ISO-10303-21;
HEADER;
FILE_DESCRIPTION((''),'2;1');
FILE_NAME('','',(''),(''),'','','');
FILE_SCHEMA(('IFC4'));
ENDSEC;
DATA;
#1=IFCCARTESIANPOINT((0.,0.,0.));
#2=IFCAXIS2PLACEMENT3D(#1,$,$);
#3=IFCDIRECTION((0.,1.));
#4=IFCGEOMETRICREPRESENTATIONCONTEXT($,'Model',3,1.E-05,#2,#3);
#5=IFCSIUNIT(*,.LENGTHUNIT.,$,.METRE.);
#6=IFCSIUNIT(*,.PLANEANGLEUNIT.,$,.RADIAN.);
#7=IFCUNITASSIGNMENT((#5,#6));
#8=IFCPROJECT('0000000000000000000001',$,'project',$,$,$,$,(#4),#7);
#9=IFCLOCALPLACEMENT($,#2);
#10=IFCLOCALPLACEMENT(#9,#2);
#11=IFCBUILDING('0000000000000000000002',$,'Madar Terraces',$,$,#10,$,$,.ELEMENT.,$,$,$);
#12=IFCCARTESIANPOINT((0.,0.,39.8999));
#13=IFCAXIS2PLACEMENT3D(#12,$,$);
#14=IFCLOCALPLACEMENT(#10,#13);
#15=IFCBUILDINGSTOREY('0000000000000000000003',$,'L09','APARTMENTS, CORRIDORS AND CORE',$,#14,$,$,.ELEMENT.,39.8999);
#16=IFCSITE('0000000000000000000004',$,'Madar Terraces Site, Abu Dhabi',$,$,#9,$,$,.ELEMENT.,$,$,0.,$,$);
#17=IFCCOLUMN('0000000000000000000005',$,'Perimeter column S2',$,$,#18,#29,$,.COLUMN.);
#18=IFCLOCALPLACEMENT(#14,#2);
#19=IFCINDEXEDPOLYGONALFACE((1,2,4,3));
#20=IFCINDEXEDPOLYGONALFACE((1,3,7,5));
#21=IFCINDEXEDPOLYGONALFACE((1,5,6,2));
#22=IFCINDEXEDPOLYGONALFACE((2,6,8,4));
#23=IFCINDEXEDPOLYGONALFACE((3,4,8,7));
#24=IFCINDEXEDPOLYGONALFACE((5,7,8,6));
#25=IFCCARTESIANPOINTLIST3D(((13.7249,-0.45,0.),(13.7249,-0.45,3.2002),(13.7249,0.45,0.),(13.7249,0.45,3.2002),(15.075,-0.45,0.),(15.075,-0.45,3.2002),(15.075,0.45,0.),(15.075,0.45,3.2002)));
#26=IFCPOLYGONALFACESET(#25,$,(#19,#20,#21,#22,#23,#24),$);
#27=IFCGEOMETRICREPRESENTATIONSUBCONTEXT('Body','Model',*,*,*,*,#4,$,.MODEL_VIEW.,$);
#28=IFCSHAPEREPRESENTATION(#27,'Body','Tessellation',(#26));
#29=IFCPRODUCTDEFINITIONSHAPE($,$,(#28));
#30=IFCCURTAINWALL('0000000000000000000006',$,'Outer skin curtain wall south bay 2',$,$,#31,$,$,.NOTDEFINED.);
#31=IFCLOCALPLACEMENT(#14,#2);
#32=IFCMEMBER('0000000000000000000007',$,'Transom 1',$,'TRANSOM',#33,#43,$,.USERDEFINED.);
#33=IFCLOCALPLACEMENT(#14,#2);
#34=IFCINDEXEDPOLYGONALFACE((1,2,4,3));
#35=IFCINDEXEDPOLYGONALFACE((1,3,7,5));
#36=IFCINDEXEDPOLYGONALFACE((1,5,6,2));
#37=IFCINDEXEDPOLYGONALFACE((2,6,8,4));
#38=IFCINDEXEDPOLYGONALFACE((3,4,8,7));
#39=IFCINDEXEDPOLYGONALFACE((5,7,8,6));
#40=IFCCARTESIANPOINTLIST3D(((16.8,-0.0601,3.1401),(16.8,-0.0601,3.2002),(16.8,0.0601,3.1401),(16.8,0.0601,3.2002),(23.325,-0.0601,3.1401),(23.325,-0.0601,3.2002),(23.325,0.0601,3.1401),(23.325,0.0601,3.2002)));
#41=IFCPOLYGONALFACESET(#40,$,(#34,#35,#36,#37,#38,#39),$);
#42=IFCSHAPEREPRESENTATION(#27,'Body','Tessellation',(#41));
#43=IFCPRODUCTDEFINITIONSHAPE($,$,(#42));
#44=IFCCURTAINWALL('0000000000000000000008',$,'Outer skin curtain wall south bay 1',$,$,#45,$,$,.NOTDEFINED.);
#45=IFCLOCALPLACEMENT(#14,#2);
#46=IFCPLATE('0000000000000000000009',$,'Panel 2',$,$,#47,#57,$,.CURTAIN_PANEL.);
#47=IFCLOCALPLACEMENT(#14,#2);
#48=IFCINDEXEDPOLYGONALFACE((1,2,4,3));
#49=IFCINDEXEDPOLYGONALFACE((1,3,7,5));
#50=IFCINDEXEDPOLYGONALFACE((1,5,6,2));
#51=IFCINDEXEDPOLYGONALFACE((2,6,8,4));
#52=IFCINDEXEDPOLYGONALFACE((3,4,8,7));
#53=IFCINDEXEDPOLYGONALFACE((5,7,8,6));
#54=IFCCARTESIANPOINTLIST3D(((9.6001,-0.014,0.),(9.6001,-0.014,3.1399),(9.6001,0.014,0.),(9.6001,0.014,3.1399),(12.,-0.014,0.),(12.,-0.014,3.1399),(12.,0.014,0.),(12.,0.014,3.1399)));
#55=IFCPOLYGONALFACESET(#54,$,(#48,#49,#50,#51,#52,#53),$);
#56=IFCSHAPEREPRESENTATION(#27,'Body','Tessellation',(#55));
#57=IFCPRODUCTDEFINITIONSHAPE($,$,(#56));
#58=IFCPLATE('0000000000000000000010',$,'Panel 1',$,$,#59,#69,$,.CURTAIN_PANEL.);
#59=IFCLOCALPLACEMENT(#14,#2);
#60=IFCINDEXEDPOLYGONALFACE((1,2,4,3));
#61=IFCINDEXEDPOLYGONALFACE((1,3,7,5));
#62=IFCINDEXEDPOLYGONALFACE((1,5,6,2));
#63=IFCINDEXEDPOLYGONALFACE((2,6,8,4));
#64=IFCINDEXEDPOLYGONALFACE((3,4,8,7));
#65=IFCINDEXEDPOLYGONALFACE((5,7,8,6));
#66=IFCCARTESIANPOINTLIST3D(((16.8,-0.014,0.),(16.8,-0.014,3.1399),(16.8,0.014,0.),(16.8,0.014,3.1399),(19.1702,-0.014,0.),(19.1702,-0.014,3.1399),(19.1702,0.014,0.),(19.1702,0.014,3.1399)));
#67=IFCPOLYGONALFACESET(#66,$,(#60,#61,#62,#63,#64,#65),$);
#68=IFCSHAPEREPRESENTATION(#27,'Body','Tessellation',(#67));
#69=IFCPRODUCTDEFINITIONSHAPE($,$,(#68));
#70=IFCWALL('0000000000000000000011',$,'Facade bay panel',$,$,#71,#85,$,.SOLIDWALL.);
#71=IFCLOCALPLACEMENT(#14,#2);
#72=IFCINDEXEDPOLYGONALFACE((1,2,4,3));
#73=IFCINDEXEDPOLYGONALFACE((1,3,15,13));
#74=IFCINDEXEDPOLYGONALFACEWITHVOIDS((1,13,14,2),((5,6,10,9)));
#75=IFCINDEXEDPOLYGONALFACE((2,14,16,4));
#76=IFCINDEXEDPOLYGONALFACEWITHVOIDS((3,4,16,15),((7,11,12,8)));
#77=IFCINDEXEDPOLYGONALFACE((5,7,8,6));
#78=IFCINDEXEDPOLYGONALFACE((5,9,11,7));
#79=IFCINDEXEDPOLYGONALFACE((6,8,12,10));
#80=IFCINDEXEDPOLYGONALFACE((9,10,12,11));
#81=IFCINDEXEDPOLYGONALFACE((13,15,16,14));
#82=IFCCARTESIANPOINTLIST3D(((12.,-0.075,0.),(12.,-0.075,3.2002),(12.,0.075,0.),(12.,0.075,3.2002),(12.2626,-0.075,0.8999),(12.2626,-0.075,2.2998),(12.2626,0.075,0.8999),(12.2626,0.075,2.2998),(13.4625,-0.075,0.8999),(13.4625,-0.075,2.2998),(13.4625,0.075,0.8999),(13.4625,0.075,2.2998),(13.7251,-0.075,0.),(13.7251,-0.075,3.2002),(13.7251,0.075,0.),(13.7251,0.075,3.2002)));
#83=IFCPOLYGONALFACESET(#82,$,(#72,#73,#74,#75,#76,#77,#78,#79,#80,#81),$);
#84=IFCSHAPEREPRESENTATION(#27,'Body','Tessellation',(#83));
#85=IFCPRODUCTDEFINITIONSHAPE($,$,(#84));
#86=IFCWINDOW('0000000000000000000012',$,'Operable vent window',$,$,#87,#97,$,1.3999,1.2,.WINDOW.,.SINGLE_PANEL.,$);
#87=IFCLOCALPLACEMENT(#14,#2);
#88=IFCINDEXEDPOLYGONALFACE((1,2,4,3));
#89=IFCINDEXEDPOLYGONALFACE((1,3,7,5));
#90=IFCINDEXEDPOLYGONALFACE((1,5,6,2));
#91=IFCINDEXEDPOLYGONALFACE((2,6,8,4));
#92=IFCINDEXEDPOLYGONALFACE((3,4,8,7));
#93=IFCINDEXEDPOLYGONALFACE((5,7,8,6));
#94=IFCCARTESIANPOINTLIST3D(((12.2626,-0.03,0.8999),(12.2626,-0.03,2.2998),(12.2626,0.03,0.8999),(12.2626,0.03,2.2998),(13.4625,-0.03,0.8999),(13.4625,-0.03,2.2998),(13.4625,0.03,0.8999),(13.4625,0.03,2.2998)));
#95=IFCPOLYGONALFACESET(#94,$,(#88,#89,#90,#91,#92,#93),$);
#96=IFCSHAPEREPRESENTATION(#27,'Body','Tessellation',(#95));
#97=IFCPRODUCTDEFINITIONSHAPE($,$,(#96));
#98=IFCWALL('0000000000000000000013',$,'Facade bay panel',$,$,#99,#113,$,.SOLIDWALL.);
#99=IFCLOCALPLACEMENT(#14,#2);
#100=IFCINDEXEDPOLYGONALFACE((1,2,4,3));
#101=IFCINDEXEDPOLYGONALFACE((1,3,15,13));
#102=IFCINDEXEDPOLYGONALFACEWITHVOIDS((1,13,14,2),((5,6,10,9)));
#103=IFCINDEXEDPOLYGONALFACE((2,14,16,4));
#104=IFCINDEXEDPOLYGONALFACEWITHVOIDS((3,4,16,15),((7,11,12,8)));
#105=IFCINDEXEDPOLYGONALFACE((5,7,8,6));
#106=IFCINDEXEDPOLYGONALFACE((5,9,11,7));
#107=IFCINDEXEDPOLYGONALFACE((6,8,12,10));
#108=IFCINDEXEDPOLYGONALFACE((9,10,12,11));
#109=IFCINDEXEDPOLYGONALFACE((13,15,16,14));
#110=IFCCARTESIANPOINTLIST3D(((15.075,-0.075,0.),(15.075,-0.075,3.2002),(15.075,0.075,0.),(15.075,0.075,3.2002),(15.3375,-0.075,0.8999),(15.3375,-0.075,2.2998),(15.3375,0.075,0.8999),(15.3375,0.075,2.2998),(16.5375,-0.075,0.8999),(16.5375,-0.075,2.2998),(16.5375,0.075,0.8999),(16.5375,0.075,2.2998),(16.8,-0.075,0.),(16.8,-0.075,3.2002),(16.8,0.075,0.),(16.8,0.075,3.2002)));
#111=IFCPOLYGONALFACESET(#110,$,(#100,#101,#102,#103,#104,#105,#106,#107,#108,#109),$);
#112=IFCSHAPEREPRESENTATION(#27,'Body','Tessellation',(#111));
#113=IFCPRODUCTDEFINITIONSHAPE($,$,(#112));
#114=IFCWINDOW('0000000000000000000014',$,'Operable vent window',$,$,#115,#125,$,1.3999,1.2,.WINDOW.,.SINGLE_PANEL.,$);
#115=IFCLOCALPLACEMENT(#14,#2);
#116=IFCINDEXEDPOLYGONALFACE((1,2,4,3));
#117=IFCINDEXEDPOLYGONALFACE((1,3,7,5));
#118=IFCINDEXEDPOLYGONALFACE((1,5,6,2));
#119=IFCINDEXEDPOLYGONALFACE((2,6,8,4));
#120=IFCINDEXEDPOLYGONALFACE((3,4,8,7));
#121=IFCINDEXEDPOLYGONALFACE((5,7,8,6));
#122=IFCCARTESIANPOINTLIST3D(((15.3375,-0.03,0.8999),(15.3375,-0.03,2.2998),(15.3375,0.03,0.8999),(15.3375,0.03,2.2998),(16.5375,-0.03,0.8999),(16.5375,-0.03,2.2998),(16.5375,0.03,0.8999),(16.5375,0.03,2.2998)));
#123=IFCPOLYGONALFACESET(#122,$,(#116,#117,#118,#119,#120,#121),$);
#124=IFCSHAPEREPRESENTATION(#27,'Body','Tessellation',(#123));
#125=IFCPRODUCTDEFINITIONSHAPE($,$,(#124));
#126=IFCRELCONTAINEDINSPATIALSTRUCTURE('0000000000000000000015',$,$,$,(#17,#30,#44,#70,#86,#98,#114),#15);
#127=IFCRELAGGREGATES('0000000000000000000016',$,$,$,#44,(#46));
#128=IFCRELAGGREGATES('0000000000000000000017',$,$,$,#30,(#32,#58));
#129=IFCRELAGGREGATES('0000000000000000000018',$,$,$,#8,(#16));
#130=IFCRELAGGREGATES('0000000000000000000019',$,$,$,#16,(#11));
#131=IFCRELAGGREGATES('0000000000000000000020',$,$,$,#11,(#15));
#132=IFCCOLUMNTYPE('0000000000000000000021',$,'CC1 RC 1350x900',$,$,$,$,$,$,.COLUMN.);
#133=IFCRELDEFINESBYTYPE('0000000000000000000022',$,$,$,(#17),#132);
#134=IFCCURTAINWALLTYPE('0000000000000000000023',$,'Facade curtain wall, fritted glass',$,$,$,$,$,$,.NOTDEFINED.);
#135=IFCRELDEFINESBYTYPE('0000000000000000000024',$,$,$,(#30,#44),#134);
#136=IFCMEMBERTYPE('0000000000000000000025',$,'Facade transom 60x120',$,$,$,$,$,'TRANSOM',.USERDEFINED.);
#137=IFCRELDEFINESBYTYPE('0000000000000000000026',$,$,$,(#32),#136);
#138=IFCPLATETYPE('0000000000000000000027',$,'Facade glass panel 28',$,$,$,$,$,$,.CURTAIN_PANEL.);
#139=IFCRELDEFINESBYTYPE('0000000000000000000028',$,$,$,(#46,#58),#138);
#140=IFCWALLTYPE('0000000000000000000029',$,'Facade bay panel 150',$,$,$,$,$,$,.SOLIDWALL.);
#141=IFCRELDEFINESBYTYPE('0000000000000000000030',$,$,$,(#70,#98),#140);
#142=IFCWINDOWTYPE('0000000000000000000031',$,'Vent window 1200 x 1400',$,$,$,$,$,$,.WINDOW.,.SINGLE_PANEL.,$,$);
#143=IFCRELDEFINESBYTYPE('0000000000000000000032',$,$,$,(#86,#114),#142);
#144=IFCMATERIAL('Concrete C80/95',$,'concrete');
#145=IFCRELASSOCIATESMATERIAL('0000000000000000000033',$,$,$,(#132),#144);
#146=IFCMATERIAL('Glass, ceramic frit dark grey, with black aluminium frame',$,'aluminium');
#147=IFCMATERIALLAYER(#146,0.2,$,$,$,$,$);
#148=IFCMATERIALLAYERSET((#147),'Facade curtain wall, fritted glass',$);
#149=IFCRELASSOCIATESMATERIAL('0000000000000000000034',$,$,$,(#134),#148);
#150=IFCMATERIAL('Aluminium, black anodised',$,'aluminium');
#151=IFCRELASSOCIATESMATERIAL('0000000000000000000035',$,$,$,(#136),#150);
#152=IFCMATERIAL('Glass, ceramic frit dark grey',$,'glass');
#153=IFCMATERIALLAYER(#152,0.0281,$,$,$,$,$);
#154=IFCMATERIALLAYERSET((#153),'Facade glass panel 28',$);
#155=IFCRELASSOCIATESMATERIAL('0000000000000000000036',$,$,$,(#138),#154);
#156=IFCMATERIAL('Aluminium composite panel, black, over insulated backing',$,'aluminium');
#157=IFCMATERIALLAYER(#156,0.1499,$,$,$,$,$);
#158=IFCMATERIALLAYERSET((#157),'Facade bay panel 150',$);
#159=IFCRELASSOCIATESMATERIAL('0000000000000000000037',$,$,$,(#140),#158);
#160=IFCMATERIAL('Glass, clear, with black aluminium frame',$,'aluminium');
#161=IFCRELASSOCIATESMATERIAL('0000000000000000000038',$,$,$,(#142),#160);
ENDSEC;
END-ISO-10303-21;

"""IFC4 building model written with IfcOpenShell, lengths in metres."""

from ifc_helpers import new_model, si_unit, direction, frame, frame_2d, origin, origin_2d, place, context, subcontext, project, spatial, rectangle, extrude, material, layer, layer_set, material_profile, profile_set, type_object, element, fill, aggregate, save


model = new_model("IFC4")

# Units and contexts
model_context = context("Model", 3, precision=1e-05, world=origin(), true_north=direction((0.0, 1.0)))
body_context = subcontext(model_context, "Body", "Model", "MODEL_VIEW")
ifc_project = project(units=[si_unit("LENGTHUNIT", "METRE"), si_unit("PLANEANGLEUNIT", "RADIAN")], contexts=[model_context])

# Site, building, storey
site_placement = place(None, origin())
site = spatial("IfcSite", under=ifc_project, at=site_placement, Name="Madar Terraces Site, Abu Dhabi", CompositionType="ELEMENT", RefElevation=0.0)
building_placement = place(site_placement, origin())
building = spatial("IfcBuilding", under=site, at=building_placement, Name="Madar Terraces", CompositionType="ELEMENT")
storey_placement = place(building_placement, frame((0.0, 0.0, 39.8999)))
storey = spatial("IfcBuildingStorey", under=building, at=storey_placement, Name="L09", Description="APARTMENTS, CORRIDORS AND CORE", CompositionType="ELEMENT", Elevation=39.8999)

# Column
ifc_material_1 = material(Name="Concrete C80/95", Category="concrete")
ifc_material_profile_1 = material_profile(ifc_material_1, rectangle(XDim=1.3501, YDim=0.8999, at=origin_2d()), Name="CC1 RC 1350x900")
ifc_profile_set_1 = profile_set([ifc_material_profile_1], Name="Concrete C80/95")
column_type = type_object("IfcColumnType", Name="CC1 RC 1350x900", PredefinedType="COLUMN", material=ifc_profile_set_1)
column_placement = place(storey_placement, frame((14.3999, 0.0, 0.0), z_axis=(0.0, 0.0, 1.0), x_axis=(1.0, 0.0, 0.0)))
element("IfcColumn", 1, at=column_placement, inside=storey, type_object=column_type, Name="Perimeter column S2", PredefinedType="COLUMN", context=body_context, shape_type="SweptSolid", body=[
    extrude(rectangle(XDim=1.3501, YDim=0.8999, at=origin_2d()), origin(), (0.0, 0.0, 1.0), 3.2002),
])

# Curtain wall, member
ifc_material_2 = material(Name="Glass, ceramic frit dark grey, with black aluminium frame", Category="aluminium")
ifc_layer_1 = layer(ifc_material_2, 0.2)
ifc_layer_set_1 = layer_set([ifc_layer_1], Name="Facade curtain wall, fritted glass")
curtain_wall_type = type_object("IfcCurtainWallType", Name="Facade curtain wall, fritted glass", PredefinedType="NOTDEFINED", material=ifc_layer_set_1)
curtain_wall_1_placement = place(storey_placement, origin())
curtain_wall_1 = element("IfcCurtainWall", 2, at=curtain_wall_1_placement, inside=storey, type_object=curtain_wall_type, Name="Outer skin curtain wall south bay 2", PredefinedType="NOTDEFINED")
ifc_material_3 = material(Name="Aluminium, black anodised", Category="aluminium")
ifc_material_profile_2 = material_profile(ifc_material_3, rectangle(XDim=0.1201, YDim=0.0601, at=origin_2d()), Name="Facade transom 60x120")
ifc_profile_set_2 = profile_set([ifc_material_profile_2], Name="Aluminium, black anodised")
member_type = type_object("IfcMemberType", Name="Facade transom 60x120", ElementType="TRANSOM", PredefinedType="USERDEFINED", material=ifc_profile_set_2)
member_placement = place(storey_placement, frame((16.8, 0.0, 3.1702), z_axis=(1.0, 0.0, 0.0), x_axis=(0.0, 1.0, 0.0)))
member = element("IfcMember", 3, at=member_placement, type_object=member_type, Name="Transom 1", ObjectType="TRANSOM", PredefinedType="USERDEFINED", context=body_context, shape_type="SweptSolid", body=[
    extrude(rectangle(XDim=0.1201, YDim=0.0601, at=origin_2d()), origin(), (0.0, 0.0, 1.0), 6.5249),
])

# Curtain wall, plate
curtain_wall_2_placement = place(storey_placement, origin())
curtain_wall_2 = element("IfcCurtainWall", 4, at=curtain_wall_2_placement, inside=storey, type_object=curtain_wall_type, Name="Outer skin curtain wall south bay 1", PredefinedType="NOTDEFINED")
ifc_material_4 = material(Name="Glass, ceramic frit dark grey", Category="glass")
ifc_layer_2 = layer(ifc_material_4, 0.0281)
ifc_layer_set_2 = layer_set([ifc_layer_2], Name="Facade glass panel 28")
plate_type = type_object("IfcPlateType", Name="Facade glass panel 28", PredefinedType="CURTAIN_PANEL", material=ifc_layer_set_2)
plate_1_placement = place(storey_placement, frame((10.8, 0.0, 0.0), z_axis=(0.0, 0.0, 1.0), x_axis=(1.0, 0.0, 0.0)))
plate_1 = element("IfcPlate", 5, at=plate_1_placement, type_object=plate_type, Name="Panel 2", PredefinedType="CURTAIN_PANEL", context=body_context, shape_type="SweptSolid", body=[
    extrude(rectangle(XDim=2.3999, YDim=0.0281, at=origin_2d()), origin(), (0.0, 0.0, 1.0), 3.1399),
])
aggregate(curtain_wall_2, [plate_1])

# Plate
plate_2_placement = place(storey_placement, frame((17.9851, 0.0, 0.0), z_axis=(0.0, 0.0, 1.0), x_axis=(1.0, 0.0, 0.0)))
plate_2 = element("IfcPlate", 6, at=plate_2_placement, type_object=plate_type, Name="Panel 1", PredefinedType="CURTAIN_PANEL", context=body_context, shape_type="SweptSolid", body=[
    extrude(rectangle(XDim=2.3701, YDim=0.0281, at=origin_2d()), origin(), (0.0, 0.0, 1.0), 3.1399),
])
aggregate(curtain_wall_1, [member, plate_2])

# Walls, openings, windows
ifc_material_5 = material(Name="Aluminium composite panel, black, over insulated backing", Category="aluminium")
ifc_layer_3 = layer(ifc_material_5, 0.1499)
ifc_layer_set_3 = layer_set([ifc_layer_3], Name="Facade bay panel 150")
wall_type_1 = type_object("IfcWallType", Name="Facade bay panel 150", PredefinedType="SOLIDWALL", material=ifc_layer_set_3)
wall_1_placement = place(storey_placement, frame((12.0, 0.0, 0.0), z_axis=(0.0, 0.0, 1.0), x_axis=(1.0, 0.0, 0.0)))
wall_1 = element("IfcWall", 7, at=wall_1_placement, inside=storey, type_object=wall_type_1, Name="Facade bay panel", PredefinedType="SOLIDWALL", context=body_context, shape_type="SweptSolid", body=[
    extrude(rectangle(XDim=1.7251, YDim=0.1499, at=frame_2d((0.8625, 0.0))), origin(), (0.0, 0.0, 1.0), 3.2002),
])
opening_1_placement = place(wall_1_placement, frame((0.2625, 0.0, 0.8999)))
opening_1 = element("IfcOpeningElement", 8, at=opening_1_placement, cuts=wall_1, PredefinedType="OPENING", context=body_context, shape_type="SweptSolid", body=[
    extrude(rectangle(XDim=1.2, YDim=1.3999, at=frame_2d((0.6001, 0.7))), frame((0.0, 0.085, 0.0), z_axis=(0.0, -1.0, 0.0), x_axis=(1.0, 0.0, 0.0)), (0.0, 0.0, 1.0), 0.1699),
])
ifc_material_6 = material(Name="Glass, clear, with black aluminium frame", Category="aluminium")
window_type = type_object("IfcWindowType", Name="Vent window 1200 x 1400", PartitioningType="SINGLE_PANEL", PredefinedType="WINDOW", material=ifc_material_6)
window_1_placement = place(opening_1_placement, origin())
window_1 = element("IfcWindow", 9, at=window_1_placement, inside=storey, type_object=window_type, Name="Operable vent window", OverallHeight=1.3999, OverallWidth=1.2, PartitioningType="SINGLE_PANEL", PredefinedType="WINDOW", context=body_context, shape_type="SweptSolid", body=[
    extrude(rectangle(XDim=1.2, YDim=1.3999, at=frame_2d((0.6001, 0.7))), frame((0.0, 0.03, 0.0), z_axis=(0.0, -1.0, 0.0), x_axis=(1.0, 0.0, 0.0)), (0.0, 0.0, 1.0), 0.0601),
])
fill(opening_1, window_1)
wall_2_placement = place(storey_placement, frame((15.075, 0.0, 0.0), z_axis=(0.0, 0.0, 1.0), x_axis=(1.0, 0.0, 0.0)))
wall_2 = element("IfcWall", 10, at=wall_2_placement, inside=storey, type_object=wall_type_1, Name="Facade bay panel", PredefinedType="SOLIDWALL", context=body_context, shape_type="SweptSolid", body=[
    extrude(rectangle(XDim=1.7251, YDim=0.1499, at=frame_2d((0.8625, 0.0))), origin(), (0.0, 0.0, 1.0), 3.2002),
])
opening_2_placement = place(wall_2_placement, frame((0.2625, 0.0, 0.8999)))
opening_2 = element("IfcOpeningElement", 11, at=opening_2_placement, cuts=wall_2, PredefinedType="OPENING", context=body_context, shape_type="SweptSolid", body=[
    extrude(rectangle(XDim=1.2, YDim=1.3999, at=frame_2d((0.6001, 0.7))), frame((0.0, 0.085, 0.0), z_axis=(0.0, -1.0, 0.0), x_axis=(1.0, 0.0, 0.0)), (0.0, 0.0, 1.0), 0.1699),
])
window_2_placement = place(opening_2_placement, origin())
window_2 = element("IfcWindow", 12, at=window_2_placement, inside=storey, type_object=window_type, Name="Operable vent window", OverallHeight=1.3999, OverallWidth=1.2, PartitioningType="SINGLE_PANEL", PredefinedType="WINDOW", context=body_context, shape_type="SweptSolid", body=[
    extrude(rectangle(XDim=1.2, YDim=1.3999, at=frame_2d((0.6001, 0.7))), frame((0.0, 0.03, 0.0), z_axis=(0.0, -1.0, 0.0), x_axis=(1.0, 0.0, 0.0)), (0.0, 0.0, 1.0), 0.0601),
])
fill(opening_2, window_2)

save(model, "model.ifc")
